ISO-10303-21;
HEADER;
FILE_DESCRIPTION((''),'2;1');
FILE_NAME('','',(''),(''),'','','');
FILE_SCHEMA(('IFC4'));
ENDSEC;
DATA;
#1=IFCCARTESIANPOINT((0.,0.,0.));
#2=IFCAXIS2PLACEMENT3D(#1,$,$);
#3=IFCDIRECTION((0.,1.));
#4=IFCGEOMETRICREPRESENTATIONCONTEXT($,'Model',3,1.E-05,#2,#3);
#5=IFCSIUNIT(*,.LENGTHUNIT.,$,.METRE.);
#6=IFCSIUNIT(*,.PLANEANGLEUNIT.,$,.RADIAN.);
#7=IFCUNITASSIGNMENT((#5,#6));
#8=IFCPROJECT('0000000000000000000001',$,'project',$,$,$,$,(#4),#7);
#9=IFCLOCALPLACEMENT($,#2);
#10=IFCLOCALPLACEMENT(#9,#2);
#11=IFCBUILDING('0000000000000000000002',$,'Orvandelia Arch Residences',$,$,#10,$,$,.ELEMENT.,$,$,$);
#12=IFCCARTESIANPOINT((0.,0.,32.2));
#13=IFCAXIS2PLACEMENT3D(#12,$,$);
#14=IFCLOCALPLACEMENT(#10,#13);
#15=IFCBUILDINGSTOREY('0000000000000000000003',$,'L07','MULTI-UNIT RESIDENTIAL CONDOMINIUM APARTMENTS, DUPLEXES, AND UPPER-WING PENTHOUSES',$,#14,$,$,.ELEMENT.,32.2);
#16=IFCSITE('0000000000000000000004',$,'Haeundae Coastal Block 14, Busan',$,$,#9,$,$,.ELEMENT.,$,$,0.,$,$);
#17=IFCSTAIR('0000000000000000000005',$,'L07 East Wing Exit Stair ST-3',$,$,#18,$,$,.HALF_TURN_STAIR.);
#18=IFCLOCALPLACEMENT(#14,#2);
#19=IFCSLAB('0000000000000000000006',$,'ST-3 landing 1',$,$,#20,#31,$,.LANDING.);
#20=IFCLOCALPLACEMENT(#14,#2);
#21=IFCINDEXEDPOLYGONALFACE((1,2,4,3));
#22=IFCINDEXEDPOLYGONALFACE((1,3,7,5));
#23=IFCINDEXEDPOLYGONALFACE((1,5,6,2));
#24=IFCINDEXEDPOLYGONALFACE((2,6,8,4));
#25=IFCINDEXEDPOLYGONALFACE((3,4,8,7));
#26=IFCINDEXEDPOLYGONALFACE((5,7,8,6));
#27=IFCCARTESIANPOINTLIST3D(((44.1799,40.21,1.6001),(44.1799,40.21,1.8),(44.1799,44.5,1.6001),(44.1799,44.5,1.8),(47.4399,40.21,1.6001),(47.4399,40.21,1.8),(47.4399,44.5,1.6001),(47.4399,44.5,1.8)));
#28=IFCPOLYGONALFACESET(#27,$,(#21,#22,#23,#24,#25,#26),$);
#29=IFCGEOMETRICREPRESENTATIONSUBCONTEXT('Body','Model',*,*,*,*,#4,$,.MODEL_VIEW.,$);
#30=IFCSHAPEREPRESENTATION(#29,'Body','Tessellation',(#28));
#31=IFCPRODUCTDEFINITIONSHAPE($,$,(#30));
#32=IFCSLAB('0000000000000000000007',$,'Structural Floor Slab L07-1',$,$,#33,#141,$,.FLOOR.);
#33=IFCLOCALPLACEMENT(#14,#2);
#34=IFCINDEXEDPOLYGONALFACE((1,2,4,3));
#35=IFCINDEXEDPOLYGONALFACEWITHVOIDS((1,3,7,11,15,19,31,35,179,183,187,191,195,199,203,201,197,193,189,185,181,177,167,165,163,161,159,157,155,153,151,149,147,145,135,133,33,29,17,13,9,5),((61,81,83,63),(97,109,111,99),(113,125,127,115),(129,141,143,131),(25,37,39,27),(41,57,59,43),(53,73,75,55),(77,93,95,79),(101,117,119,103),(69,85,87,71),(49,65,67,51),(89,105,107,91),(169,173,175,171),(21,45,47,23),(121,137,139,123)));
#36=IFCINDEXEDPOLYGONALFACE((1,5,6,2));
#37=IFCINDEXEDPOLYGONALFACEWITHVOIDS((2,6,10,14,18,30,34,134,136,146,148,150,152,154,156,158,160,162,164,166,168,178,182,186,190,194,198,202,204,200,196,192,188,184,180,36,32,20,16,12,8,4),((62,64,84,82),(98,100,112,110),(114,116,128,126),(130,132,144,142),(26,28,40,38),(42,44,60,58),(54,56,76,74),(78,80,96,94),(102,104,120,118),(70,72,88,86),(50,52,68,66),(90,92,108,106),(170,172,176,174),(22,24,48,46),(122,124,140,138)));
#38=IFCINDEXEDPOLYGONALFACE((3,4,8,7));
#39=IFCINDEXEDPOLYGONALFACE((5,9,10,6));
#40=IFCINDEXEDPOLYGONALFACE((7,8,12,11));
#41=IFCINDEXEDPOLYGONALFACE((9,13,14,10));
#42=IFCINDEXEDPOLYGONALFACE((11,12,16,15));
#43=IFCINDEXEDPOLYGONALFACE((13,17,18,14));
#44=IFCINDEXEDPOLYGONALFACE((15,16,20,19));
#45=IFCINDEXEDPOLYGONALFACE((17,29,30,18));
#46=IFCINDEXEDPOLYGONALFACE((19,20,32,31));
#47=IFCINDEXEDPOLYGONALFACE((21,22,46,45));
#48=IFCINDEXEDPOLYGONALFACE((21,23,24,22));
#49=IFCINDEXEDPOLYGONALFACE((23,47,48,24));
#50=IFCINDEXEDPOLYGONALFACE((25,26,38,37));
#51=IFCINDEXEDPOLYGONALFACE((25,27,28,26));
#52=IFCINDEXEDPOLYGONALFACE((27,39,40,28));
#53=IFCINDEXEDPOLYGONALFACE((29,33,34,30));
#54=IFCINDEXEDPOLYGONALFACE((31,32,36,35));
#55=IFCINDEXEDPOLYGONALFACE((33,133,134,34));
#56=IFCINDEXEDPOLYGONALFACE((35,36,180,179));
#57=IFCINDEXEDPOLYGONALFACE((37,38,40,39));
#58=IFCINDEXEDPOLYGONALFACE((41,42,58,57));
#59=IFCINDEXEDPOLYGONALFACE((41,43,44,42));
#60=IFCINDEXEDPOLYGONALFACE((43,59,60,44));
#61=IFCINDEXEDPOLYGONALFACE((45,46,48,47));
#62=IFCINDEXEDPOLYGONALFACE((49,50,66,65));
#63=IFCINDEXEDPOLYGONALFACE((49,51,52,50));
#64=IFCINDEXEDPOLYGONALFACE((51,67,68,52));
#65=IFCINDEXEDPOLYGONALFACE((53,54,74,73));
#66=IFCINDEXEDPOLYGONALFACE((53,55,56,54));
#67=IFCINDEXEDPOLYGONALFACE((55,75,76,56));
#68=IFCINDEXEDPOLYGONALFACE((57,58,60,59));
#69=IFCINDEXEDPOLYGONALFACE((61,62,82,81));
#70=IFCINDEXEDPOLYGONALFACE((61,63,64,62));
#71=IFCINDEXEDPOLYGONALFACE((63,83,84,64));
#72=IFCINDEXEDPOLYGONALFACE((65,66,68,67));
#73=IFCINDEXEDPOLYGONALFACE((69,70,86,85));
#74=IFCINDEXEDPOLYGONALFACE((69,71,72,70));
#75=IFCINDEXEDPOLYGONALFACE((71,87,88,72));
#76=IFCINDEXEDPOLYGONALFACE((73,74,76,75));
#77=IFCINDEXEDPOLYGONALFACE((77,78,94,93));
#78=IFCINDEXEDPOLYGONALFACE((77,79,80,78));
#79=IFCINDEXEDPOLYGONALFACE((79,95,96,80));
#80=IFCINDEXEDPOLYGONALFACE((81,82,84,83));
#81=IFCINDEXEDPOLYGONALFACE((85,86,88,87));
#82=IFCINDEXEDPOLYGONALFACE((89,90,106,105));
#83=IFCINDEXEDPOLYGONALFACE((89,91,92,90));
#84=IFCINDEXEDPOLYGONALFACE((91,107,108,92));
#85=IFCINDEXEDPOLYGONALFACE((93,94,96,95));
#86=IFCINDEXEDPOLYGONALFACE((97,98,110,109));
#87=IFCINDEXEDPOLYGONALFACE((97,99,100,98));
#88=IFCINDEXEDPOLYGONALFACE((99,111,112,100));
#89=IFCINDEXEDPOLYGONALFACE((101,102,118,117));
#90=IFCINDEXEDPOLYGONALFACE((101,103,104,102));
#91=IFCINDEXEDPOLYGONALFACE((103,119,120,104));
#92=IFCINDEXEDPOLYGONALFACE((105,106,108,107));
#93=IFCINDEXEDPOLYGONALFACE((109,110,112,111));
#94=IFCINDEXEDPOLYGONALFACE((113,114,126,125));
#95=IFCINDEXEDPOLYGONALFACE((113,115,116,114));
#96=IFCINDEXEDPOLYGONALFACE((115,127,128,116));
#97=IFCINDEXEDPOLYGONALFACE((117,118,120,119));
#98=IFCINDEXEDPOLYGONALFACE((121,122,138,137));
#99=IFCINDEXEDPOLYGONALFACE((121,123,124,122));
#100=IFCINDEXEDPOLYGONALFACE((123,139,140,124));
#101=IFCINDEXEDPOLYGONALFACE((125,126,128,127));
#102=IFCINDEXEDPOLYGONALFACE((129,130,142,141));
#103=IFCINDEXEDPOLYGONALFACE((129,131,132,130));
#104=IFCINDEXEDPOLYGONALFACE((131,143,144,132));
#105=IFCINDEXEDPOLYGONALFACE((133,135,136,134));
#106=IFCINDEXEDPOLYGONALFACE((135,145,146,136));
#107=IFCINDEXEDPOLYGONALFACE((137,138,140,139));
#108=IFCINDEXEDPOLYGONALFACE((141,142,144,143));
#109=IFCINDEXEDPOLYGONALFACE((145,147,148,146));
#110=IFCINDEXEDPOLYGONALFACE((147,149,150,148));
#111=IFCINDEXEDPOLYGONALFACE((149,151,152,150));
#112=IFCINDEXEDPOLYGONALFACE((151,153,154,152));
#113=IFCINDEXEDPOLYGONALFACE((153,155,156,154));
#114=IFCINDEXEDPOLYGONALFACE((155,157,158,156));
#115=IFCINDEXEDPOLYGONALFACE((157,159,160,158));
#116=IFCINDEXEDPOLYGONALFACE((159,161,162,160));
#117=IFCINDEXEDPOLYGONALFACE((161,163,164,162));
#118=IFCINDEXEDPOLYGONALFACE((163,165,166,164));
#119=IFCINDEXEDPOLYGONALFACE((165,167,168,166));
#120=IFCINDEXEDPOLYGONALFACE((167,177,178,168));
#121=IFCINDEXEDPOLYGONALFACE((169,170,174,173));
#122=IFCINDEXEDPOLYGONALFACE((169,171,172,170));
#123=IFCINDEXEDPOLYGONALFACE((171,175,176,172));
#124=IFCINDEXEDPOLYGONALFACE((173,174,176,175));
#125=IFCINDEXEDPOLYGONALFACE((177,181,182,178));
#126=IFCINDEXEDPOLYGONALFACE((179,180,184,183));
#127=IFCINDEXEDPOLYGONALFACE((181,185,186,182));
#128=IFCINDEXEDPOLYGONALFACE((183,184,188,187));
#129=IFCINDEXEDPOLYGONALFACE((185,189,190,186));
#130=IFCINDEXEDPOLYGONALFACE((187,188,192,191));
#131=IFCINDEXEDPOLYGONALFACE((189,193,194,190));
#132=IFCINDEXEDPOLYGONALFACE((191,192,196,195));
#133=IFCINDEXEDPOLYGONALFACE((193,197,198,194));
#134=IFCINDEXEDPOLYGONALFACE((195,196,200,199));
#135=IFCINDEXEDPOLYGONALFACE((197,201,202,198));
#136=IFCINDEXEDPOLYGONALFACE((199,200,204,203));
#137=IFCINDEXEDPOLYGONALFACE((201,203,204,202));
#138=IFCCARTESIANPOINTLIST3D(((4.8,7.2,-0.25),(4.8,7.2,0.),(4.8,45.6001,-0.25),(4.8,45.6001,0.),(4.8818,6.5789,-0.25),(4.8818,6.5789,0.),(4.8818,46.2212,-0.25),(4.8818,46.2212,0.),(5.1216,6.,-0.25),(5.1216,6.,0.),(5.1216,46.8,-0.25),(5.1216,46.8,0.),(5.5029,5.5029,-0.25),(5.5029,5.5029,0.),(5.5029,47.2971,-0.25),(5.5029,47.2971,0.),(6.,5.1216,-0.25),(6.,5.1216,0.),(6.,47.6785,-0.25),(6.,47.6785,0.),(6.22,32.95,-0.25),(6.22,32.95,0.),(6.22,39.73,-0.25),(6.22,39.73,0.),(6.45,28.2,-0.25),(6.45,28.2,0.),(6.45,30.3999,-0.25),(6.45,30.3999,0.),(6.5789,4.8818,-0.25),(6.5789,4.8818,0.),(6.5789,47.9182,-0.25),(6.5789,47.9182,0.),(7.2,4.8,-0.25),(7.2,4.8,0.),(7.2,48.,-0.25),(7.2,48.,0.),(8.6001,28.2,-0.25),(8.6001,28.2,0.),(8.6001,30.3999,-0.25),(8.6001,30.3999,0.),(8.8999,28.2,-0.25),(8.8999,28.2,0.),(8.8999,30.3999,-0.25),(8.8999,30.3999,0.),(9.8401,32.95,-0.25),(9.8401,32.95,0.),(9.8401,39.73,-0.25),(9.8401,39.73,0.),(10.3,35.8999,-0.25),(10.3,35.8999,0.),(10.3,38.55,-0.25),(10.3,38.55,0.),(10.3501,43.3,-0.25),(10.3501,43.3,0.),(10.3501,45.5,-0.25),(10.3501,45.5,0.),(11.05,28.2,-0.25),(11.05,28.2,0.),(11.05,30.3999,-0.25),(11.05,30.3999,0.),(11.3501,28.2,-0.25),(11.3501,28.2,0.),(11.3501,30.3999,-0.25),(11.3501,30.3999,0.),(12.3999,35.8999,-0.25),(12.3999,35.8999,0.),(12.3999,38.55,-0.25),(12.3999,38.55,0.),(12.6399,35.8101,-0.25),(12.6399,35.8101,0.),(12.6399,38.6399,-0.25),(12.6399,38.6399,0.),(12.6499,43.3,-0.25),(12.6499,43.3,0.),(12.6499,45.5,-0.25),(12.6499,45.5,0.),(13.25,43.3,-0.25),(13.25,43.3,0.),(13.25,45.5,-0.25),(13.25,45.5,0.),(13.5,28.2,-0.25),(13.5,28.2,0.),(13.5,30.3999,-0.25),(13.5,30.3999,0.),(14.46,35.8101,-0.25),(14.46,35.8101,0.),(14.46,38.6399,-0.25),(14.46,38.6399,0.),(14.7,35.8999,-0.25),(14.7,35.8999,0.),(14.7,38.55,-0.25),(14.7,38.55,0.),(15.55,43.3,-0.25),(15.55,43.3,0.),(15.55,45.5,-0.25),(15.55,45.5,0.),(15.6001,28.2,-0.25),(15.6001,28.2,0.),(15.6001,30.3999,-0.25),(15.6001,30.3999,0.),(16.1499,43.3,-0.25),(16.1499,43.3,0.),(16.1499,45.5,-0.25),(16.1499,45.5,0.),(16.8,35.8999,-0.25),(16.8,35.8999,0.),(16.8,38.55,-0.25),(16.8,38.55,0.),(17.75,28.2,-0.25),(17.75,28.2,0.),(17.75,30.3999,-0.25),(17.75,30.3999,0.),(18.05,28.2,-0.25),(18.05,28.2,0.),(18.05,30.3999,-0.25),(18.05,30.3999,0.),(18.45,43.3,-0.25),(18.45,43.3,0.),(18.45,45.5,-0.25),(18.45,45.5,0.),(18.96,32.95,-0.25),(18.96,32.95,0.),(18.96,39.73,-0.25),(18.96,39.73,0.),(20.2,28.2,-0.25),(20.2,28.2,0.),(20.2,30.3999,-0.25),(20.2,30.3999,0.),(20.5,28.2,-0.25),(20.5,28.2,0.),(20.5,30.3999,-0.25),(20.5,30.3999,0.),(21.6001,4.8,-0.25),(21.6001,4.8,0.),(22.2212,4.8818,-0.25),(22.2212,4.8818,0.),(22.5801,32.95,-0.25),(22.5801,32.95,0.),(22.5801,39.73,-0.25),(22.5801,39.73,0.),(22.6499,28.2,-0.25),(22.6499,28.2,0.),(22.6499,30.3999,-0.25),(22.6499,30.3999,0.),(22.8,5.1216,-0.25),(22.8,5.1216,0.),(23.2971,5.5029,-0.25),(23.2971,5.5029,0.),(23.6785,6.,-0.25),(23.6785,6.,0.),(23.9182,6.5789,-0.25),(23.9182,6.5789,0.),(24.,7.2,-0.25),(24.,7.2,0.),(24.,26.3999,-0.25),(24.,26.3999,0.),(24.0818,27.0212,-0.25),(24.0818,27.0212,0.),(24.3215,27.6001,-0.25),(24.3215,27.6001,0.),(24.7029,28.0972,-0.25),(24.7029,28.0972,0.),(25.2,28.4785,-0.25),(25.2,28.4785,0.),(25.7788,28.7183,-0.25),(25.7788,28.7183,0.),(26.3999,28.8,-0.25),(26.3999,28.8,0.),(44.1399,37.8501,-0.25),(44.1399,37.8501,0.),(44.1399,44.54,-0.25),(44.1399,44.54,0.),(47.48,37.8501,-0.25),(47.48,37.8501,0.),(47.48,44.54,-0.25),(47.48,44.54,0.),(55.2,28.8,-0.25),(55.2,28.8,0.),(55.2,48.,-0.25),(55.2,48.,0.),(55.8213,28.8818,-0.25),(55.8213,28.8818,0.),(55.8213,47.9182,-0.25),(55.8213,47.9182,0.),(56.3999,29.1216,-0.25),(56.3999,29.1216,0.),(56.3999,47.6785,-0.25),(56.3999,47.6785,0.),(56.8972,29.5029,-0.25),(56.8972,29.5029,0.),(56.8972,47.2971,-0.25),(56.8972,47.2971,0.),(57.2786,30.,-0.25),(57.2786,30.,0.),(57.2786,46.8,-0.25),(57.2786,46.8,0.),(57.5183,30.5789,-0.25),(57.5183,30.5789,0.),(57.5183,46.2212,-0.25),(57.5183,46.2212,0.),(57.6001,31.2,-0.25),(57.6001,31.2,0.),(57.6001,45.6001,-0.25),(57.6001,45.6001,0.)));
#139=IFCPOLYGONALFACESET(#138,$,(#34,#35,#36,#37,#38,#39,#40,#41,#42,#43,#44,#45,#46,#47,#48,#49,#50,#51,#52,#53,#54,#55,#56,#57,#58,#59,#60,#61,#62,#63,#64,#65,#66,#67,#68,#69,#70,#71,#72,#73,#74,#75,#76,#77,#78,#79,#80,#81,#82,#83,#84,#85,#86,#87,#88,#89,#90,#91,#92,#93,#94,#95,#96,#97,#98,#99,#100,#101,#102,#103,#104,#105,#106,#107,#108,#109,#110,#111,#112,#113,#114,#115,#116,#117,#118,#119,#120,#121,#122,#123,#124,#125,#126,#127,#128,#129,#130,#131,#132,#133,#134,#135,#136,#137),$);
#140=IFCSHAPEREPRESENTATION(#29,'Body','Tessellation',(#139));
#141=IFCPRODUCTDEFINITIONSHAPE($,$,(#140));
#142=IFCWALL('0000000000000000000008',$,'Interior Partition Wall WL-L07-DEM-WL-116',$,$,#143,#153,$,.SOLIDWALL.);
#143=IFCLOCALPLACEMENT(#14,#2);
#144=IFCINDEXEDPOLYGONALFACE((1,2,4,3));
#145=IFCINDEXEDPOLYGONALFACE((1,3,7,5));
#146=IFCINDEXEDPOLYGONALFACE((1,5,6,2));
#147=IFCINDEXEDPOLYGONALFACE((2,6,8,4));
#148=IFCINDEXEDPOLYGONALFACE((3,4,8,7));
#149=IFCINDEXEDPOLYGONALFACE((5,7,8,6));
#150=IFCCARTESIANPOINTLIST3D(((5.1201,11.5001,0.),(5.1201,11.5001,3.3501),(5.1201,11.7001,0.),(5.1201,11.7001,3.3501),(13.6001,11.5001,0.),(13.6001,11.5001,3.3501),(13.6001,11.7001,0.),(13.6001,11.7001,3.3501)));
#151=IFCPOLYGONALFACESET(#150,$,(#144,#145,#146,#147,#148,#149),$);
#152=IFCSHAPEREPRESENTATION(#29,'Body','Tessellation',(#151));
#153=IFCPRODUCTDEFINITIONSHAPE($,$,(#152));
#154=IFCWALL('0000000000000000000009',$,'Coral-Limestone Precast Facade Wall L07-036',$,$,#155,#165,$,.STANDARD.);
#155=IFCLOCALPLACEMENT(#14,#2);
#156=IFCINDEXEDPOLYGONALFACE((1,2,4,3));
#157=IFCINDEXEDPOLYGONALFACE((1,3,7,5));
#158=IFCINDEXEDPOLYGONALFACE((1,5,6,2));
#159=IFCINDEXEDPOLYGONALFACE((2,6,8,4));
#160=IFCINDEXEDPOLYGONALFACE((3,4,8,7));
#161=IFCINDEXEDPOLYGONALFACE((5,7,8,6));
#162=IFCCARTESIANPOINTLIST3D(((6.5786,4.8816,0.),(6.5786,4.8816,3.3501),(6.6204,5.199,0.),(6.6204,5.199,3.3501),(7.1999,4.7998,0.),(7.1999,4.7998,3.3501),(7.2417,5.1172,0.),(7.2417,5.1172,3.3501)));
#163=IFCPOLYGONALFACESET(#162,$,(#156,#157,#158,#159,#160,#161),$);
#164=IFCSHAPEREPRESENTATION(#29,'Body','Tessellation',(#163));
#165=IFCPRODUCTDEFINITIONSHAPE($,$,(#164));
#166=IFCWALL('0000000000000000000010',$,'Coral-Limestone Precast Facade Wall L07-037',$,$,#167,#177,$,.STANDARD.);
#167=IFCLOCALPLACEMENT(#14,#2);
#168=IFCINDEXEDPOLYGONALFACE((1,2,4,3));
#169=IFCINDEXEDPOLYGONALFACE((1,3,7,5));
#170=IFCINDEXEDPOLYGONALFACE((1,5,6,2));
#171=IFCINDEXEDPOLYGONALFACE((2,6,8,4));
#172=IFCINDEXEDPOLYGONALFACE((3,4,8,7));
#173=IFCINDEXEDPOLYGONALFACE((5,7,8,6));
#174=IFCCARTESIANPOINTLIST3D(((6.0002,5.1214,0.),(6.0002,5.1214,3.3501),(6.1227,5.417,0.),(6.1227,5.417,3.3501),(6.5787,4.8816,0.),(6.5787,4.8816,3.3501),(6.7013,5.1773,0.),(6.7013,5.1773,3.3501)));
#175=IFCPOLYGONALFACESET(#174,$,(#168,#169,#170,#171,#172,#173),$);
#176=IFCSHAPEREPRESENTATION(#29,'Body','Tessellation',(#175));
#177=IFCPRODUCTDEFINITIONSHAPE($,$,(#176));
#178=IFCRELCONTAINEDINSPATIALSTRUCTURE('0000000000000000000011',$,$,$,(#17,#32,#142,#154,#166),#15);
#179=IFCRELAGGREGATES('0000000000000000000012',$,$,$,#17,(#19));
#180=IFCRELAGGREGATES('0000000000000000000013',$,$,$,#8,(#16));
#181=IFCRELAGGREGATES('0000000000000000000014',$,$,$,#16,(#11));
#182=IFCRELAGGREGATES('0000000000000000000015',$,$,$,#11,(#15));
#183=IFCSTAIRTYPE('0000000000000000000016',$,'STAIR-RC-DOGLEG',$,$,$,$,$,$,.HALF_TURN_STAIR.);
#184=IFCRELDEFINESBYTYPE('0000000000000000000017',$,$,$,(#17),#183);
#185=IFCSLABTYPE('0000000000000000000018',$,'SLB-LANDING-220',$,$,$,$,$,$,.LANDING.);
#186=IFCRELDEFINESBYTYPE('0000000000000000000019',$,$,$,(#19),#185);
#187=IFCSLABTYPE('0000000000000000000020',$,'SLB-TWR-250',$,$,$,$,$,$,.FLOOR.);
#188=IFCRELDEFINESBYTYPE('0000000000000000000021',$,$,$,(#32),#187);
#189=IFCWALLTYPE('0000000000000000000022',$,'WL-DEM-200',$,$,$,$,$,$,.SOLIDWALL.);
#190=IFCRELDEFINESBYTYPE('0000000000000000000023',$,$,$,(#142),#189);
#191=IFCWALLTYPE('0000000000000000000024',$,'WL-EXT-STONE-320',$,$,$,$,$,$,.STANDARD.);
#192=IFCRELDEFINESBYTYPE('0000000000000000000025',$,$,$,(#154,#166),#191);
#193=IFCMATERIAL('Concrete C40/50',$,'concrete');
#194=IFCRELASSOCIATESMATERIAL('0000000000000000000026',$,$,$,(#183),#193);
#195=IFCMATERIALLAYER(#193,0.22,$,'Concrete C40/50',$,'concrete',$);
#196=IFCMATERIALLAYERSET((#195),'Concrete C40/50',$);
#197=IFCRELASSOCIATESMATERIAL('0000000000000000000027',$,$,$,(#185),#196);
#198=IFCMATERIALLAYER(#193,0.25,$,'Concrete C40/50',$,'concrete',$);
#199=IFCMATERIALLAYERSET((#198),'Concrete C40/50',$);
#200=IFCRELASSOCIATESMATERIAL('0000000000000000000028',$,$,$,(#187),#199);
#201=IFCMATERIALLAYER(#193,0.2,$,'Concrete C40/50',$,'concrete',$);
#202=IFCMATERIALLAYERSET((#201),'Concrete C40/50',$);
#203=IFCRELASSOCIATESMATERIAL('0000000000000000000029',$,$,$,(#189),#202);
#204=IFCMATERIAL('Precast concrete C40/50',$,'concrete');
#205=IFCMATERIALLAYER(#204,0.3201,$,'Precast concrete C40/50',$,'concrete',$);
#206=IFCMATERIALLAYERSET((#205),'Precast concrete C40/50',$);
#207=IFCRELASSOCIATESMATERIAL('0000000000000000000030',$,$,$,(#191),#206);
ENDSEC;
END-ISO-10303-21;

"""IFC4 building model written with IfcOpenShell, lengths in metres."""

from ifc_helpers import new_model, si_unit, direction, frame, frame_2d, origin, place, context, subcontext, project, spatial, polyline, rectangle, outline, extrude, material, layer, layer_set, type_object, element, aggregate, save


model = new_model("IFC4")

# Units and contexts
model_context = context("Model", 3, precision=1e-05, world=origin(), true_north=direction((0.0, 1.0)))
body_context = subcontext(model_context, "Body", "Model", "MODEL_VIEW")
ifc_project = project(units=[si_unit("LENGTHUNIT", "METRE"), si_unit("PLANEANGLEUNIT", "RADIAN")], contexts=[model_context])

# Site, building, storey
site_placement = place(None, origin())
site = spatial("IfcSite", under=ifc_project, at=site_placement, Name="Haeundae Coastal Block 14, Busan", CompositionType="ELEMENT", RefElevation=0.0)
building_placement = place(site_placement, origin())
building = spatial("IfcBuilding", under=site, at=building_placement, Name="Orvandelia Arch Residences", CompositionType="ELEMENT")
storey_placement = place(building_placement, frame((0.0, 0.0, 32.2)))
storey = spatial("IfcBuildingStorey", under=building, at=storey_placement, Name="L07", Description="MULTI-UNIT RESIDENTIAL CONDOMINIUM APARTMENTS, DUPLEXES, AND UPPER-WING PENTHOUSES", CompositionType="ELEMENT", Elevation=32.2)

# Shared definitions
ifc_material_1 = material(Name="Precast concrete C40/50", Category="concrete")

# Stair, slab
ifc_material_2 = material(Name="Concrete C40/50", Category="concrete")
stair_type = type_object("IfcStairType", Name="STAIR-RC-DOGLEG", PredefinedType="HALF_TURN_STAIR", material=ifc_material_2)
ifc_layer_1 = layer(ifc_material_2, 0.22, Name="Concrete C40/50", Category="concrete")
ifc_layer_set_1 = layer_set([ifc_layer_1], Name="Concrete C40/50")
slab_type_1 = type_object("IfcSlabType", Name="SLB-LANDING-220", PredefinedType="LANDING", material=ifc_layer_set_1)
stair_1_placement = place(storey_placement, origin())
stair_1 = element("IfcStair", 1, at=stair_1_placement, inside=storey, type_object=stair_type, Name="L07 East Wing Exit Stair ST-3", PredefinedType="HALF_TURN_STAIR")
slab_1_placement = place(storey_placement, frame((0.0, 0.0, 1.6001)))
slab_1 = element("IfcSlab", 2, at=slab_1_placement, type_object=slab_type_1, Name="ST-3 landing 1", PredefinedType="LANDING", context=body_context, shape_type="SweptSolid", body=[
    extrude(outline(polyline([(47.4399, 40.21), (47.4399, 44.5), (44.1799, 44.5), (44.1799, 40.21), (47.4399, 40.21)])), origin(), (0.0, 0.0, 1.0), 0.2),
])
aggregate(stair_1, [slab_1])

# Slab
ifc_layer_2 = layer(ifc_material_2, 0.25, Name="Concrete C40/50", Category="concrete")
ifc_layer_set_2 = layer_set([ifc_layer_2], Name="Concrete C40/50")
slab_type_2 = type_object("IfcSlabType", Name="SLB-TWR-250", PredefinedType="FLOOR", material=ifc_layer_set_2)
slab_2_placement = place(storey_placement, frame((0.0, 0.0, -0.25)))
element("IfcSlab", 3, at=slab_2_placement, inside=storey, type_object=slab_type_2, Name="Structural Floor Slab L07-1", PredefinedType="FLOOR", context=body_context, shape_type="SweptSolid", body=[
    extrude(outline(polyline([(4.8, 7.2), (4.8818, 6.5789), (5.1216, 6.0), (5.5029, 5.5029), (6.0, 5.1216), (6.5789, 4.8818), (7.2, 4.8), (21.6001, 4.8), (22.2212, 4.8818), (22.8, 5.1216), (23.2971, 5.5029), (23.6785, 6.0), (23.9182, 6.5789), (24.0, 7.2), (24.0, 26.3999), (24.0818, 27.0212), (24.3215, 27.6001), (24.7029, 28.0972), (25.2, 28.4785), (25.7788, 28.7183), (26.3999, 28.8), (55.2, 28.8), (55.8213, 28.8818), (56.3999, 29.1216), (56.8972, 29.5029), (57.2786, 30.0), (57.5183, 30.5789), (57.6001, 31.2), (57.6001, 45.6001), (57.5183, 46.2212), (57.2786, 46.8), (56.8972, 47.2971), (56.3999, 47.6785), (55.8213, 47.9182), (55.2, 48.0), (7.2, 48.0), (6.5789, 47.9182), (6.0, 47.6785), (5.5029, 47.2971), (5.1216, 46.8), (4.8818, 46.2212), (4.8, 45.6001), (4.8, 7.2)]), holes=[polyline([(6.22, 32.95), (9.8401, 32.95), (9.8401, 39.73), (6.22, 39.73), (6.22, 32.95)]), polyline([(18.96, 32.95), (22.5801, 32.95), (22.5801, 39.73), (18.96, 39.73), (18.96, 32.95)]), polyline([(44.1399, 37.8501), (47.48, 37.8501), (47.48, 44.54), (44.1399, 44.54), (44.1399, 37.8501)]), polyline([(12.6399, 35.8101), (14.46, 35.8101), (14.46, 38.6399), (12.6399, 38.6399), (12.6399, 35.8101)]), polyline([(10.3, 35.8999), (12.3999, 35.8999), (12.3999, 38.55), (10.3, 38.55), (10.3, 35.8999)]), polyline([(14.7, 35.8999), (16.8, 35.8999), (16.8, 38.55), (14.7, 38.55), (14.7, 35.8999)]), polyline([(10.3501, 43.3), (12.6499, 43.3), (12.6499, 45.5), (10.3501, 45.5), (10.3501, 43.3)]), polyline([(13.25, 43.3), (15.55, 43.3), (15.55, 45.5), (13.25, 45.5), (13.25, 43.3)]), polyline([(16.1499, 43.3), (18.45, 43.3), (18.45, 45.5), (16.1499, 45.5), (16.1499, 43.3)]), polyline([(6.45, 28.2), (8.6001, 28.2), (8.6001, 30.3999), (6.45, 30.3999), (6.45, 28.2)]), polyline([(8.8999, 28.2), (11.05, 28.2), (11.05, 30.3999), (8.8999, 30.3999), (8.8999, 28.2)]), polyline([(11.3501, 28.2), (13.5, 28.2), (13.5, 30.3999), (11.3501, 30.3999), (11.3501, 28.2)]), polyline([(15.6001, 28.2), (17.75, 28.2), (17.75, 30.3999), (15.6001, 30.3999), (15.6001, 28.2)]), polyline([(18.05, 28.2), (20.2, 28.2), (20.2, 30.3999), (18.05, 30.3999), (18.05, 28.2)]), polyline([(20.5, 28.2), (22.6499, 28.2), (22.6499, 30.3999), (20.5, 30.3999), (20.5, 28.2)])]), origin(), (0.0, 0.0, 1.0), 0.25),
])

# Walls
ifc_layer_3 = layer(ifc_material_2, 0.2, Name="Concrete C40/50", Category="concrete")
ifc_layer_set_3 = layer_set([ifc_layer_3], Name="Concrete C40/50")
wall_type_1 = type_object("IfcWallType", Name="WL-DEM-200", PredefinedType="SOLIDWALL", material=ifc_layer_set_3)
wall_1_placement = place(storey_placement, frame((5.1201, 11.6001, 0.0), z_axis=(0.0, 0.0, 1.0), x_axis=(1.0, 0.0, 0.0)))
element("IfcWall", 4, at=wall_1_placement, inside=storey, type_object=wall_type_1, Name="Interior Partition Wall WL-L07-DEM-WL-116", PredefinedType="SOLIDWALL", context=body_context, shape_type="SweptSolid", body=[
    extrude(rectangle(XDim=8.48, YDim=0.2, at=frame_2d((4.24, 0.0))), origin(), (0.0, 0.0, 1.0), 3.3501),
])
ifc_layer_4 = layer(ifc_material_1, 0.3201, Name="Precast concrete C40/50", Category="concrete")
ifc_layer_set_4 = layer_set([ifc_layer_4], Name="Precast concrete C40/50")
wall_type_2 = type_object("IfcWallType", Name="WL-EXT-STONE-320", PredefinedType="STANDARD", material=ifc_layer_set_4)
wall_2_placement = place(storey_placement, frame((7.2209, 4.9585, 0.0), z_axis=(0.0, 0.0, 1.0), x_axis=(-0.991448, 0.130505, 0.0)))
element("IfcWall", 5, at=wall_2_placement, inside=storey, type_object=wall_type_2, Name="Coral-Limestone Precast Facade Wall L07-036", PredefinedType="STANDARD", context=body_context, shape_type="SweptSolid", body=[
    extrude(rectangle(XDim=0.6267, YDim=0.3201, at=frame_2d((0.3135, 0.0))), origin(), (0.0, 0.0, 1.0), 3.3501),
])
wall_3_placement = place(storey_placement, frame((6.6399, 5.0295, 0.0), z_axis=(0.0, 0.0, 1.0), x_axis=(-0.923836, 0.382788, 0.0)))
element("IfcWall", 6, at=wall_3_placement, inside=storey, type_object=wall_type_2, Name="Coral-Limestone Precast Facade Wall L07-037", PredefinedType="STANDARD", context=body_context, shape_type="SweptSolid", body=[
    extrude(rectangle(XDim=0.6262, YDim=0.3201, at=frame_2d((0.313, 0.0))), origin(), (0.0, 0.0, 1.0), 3.3501),
])

save(model, "model.ifc")
